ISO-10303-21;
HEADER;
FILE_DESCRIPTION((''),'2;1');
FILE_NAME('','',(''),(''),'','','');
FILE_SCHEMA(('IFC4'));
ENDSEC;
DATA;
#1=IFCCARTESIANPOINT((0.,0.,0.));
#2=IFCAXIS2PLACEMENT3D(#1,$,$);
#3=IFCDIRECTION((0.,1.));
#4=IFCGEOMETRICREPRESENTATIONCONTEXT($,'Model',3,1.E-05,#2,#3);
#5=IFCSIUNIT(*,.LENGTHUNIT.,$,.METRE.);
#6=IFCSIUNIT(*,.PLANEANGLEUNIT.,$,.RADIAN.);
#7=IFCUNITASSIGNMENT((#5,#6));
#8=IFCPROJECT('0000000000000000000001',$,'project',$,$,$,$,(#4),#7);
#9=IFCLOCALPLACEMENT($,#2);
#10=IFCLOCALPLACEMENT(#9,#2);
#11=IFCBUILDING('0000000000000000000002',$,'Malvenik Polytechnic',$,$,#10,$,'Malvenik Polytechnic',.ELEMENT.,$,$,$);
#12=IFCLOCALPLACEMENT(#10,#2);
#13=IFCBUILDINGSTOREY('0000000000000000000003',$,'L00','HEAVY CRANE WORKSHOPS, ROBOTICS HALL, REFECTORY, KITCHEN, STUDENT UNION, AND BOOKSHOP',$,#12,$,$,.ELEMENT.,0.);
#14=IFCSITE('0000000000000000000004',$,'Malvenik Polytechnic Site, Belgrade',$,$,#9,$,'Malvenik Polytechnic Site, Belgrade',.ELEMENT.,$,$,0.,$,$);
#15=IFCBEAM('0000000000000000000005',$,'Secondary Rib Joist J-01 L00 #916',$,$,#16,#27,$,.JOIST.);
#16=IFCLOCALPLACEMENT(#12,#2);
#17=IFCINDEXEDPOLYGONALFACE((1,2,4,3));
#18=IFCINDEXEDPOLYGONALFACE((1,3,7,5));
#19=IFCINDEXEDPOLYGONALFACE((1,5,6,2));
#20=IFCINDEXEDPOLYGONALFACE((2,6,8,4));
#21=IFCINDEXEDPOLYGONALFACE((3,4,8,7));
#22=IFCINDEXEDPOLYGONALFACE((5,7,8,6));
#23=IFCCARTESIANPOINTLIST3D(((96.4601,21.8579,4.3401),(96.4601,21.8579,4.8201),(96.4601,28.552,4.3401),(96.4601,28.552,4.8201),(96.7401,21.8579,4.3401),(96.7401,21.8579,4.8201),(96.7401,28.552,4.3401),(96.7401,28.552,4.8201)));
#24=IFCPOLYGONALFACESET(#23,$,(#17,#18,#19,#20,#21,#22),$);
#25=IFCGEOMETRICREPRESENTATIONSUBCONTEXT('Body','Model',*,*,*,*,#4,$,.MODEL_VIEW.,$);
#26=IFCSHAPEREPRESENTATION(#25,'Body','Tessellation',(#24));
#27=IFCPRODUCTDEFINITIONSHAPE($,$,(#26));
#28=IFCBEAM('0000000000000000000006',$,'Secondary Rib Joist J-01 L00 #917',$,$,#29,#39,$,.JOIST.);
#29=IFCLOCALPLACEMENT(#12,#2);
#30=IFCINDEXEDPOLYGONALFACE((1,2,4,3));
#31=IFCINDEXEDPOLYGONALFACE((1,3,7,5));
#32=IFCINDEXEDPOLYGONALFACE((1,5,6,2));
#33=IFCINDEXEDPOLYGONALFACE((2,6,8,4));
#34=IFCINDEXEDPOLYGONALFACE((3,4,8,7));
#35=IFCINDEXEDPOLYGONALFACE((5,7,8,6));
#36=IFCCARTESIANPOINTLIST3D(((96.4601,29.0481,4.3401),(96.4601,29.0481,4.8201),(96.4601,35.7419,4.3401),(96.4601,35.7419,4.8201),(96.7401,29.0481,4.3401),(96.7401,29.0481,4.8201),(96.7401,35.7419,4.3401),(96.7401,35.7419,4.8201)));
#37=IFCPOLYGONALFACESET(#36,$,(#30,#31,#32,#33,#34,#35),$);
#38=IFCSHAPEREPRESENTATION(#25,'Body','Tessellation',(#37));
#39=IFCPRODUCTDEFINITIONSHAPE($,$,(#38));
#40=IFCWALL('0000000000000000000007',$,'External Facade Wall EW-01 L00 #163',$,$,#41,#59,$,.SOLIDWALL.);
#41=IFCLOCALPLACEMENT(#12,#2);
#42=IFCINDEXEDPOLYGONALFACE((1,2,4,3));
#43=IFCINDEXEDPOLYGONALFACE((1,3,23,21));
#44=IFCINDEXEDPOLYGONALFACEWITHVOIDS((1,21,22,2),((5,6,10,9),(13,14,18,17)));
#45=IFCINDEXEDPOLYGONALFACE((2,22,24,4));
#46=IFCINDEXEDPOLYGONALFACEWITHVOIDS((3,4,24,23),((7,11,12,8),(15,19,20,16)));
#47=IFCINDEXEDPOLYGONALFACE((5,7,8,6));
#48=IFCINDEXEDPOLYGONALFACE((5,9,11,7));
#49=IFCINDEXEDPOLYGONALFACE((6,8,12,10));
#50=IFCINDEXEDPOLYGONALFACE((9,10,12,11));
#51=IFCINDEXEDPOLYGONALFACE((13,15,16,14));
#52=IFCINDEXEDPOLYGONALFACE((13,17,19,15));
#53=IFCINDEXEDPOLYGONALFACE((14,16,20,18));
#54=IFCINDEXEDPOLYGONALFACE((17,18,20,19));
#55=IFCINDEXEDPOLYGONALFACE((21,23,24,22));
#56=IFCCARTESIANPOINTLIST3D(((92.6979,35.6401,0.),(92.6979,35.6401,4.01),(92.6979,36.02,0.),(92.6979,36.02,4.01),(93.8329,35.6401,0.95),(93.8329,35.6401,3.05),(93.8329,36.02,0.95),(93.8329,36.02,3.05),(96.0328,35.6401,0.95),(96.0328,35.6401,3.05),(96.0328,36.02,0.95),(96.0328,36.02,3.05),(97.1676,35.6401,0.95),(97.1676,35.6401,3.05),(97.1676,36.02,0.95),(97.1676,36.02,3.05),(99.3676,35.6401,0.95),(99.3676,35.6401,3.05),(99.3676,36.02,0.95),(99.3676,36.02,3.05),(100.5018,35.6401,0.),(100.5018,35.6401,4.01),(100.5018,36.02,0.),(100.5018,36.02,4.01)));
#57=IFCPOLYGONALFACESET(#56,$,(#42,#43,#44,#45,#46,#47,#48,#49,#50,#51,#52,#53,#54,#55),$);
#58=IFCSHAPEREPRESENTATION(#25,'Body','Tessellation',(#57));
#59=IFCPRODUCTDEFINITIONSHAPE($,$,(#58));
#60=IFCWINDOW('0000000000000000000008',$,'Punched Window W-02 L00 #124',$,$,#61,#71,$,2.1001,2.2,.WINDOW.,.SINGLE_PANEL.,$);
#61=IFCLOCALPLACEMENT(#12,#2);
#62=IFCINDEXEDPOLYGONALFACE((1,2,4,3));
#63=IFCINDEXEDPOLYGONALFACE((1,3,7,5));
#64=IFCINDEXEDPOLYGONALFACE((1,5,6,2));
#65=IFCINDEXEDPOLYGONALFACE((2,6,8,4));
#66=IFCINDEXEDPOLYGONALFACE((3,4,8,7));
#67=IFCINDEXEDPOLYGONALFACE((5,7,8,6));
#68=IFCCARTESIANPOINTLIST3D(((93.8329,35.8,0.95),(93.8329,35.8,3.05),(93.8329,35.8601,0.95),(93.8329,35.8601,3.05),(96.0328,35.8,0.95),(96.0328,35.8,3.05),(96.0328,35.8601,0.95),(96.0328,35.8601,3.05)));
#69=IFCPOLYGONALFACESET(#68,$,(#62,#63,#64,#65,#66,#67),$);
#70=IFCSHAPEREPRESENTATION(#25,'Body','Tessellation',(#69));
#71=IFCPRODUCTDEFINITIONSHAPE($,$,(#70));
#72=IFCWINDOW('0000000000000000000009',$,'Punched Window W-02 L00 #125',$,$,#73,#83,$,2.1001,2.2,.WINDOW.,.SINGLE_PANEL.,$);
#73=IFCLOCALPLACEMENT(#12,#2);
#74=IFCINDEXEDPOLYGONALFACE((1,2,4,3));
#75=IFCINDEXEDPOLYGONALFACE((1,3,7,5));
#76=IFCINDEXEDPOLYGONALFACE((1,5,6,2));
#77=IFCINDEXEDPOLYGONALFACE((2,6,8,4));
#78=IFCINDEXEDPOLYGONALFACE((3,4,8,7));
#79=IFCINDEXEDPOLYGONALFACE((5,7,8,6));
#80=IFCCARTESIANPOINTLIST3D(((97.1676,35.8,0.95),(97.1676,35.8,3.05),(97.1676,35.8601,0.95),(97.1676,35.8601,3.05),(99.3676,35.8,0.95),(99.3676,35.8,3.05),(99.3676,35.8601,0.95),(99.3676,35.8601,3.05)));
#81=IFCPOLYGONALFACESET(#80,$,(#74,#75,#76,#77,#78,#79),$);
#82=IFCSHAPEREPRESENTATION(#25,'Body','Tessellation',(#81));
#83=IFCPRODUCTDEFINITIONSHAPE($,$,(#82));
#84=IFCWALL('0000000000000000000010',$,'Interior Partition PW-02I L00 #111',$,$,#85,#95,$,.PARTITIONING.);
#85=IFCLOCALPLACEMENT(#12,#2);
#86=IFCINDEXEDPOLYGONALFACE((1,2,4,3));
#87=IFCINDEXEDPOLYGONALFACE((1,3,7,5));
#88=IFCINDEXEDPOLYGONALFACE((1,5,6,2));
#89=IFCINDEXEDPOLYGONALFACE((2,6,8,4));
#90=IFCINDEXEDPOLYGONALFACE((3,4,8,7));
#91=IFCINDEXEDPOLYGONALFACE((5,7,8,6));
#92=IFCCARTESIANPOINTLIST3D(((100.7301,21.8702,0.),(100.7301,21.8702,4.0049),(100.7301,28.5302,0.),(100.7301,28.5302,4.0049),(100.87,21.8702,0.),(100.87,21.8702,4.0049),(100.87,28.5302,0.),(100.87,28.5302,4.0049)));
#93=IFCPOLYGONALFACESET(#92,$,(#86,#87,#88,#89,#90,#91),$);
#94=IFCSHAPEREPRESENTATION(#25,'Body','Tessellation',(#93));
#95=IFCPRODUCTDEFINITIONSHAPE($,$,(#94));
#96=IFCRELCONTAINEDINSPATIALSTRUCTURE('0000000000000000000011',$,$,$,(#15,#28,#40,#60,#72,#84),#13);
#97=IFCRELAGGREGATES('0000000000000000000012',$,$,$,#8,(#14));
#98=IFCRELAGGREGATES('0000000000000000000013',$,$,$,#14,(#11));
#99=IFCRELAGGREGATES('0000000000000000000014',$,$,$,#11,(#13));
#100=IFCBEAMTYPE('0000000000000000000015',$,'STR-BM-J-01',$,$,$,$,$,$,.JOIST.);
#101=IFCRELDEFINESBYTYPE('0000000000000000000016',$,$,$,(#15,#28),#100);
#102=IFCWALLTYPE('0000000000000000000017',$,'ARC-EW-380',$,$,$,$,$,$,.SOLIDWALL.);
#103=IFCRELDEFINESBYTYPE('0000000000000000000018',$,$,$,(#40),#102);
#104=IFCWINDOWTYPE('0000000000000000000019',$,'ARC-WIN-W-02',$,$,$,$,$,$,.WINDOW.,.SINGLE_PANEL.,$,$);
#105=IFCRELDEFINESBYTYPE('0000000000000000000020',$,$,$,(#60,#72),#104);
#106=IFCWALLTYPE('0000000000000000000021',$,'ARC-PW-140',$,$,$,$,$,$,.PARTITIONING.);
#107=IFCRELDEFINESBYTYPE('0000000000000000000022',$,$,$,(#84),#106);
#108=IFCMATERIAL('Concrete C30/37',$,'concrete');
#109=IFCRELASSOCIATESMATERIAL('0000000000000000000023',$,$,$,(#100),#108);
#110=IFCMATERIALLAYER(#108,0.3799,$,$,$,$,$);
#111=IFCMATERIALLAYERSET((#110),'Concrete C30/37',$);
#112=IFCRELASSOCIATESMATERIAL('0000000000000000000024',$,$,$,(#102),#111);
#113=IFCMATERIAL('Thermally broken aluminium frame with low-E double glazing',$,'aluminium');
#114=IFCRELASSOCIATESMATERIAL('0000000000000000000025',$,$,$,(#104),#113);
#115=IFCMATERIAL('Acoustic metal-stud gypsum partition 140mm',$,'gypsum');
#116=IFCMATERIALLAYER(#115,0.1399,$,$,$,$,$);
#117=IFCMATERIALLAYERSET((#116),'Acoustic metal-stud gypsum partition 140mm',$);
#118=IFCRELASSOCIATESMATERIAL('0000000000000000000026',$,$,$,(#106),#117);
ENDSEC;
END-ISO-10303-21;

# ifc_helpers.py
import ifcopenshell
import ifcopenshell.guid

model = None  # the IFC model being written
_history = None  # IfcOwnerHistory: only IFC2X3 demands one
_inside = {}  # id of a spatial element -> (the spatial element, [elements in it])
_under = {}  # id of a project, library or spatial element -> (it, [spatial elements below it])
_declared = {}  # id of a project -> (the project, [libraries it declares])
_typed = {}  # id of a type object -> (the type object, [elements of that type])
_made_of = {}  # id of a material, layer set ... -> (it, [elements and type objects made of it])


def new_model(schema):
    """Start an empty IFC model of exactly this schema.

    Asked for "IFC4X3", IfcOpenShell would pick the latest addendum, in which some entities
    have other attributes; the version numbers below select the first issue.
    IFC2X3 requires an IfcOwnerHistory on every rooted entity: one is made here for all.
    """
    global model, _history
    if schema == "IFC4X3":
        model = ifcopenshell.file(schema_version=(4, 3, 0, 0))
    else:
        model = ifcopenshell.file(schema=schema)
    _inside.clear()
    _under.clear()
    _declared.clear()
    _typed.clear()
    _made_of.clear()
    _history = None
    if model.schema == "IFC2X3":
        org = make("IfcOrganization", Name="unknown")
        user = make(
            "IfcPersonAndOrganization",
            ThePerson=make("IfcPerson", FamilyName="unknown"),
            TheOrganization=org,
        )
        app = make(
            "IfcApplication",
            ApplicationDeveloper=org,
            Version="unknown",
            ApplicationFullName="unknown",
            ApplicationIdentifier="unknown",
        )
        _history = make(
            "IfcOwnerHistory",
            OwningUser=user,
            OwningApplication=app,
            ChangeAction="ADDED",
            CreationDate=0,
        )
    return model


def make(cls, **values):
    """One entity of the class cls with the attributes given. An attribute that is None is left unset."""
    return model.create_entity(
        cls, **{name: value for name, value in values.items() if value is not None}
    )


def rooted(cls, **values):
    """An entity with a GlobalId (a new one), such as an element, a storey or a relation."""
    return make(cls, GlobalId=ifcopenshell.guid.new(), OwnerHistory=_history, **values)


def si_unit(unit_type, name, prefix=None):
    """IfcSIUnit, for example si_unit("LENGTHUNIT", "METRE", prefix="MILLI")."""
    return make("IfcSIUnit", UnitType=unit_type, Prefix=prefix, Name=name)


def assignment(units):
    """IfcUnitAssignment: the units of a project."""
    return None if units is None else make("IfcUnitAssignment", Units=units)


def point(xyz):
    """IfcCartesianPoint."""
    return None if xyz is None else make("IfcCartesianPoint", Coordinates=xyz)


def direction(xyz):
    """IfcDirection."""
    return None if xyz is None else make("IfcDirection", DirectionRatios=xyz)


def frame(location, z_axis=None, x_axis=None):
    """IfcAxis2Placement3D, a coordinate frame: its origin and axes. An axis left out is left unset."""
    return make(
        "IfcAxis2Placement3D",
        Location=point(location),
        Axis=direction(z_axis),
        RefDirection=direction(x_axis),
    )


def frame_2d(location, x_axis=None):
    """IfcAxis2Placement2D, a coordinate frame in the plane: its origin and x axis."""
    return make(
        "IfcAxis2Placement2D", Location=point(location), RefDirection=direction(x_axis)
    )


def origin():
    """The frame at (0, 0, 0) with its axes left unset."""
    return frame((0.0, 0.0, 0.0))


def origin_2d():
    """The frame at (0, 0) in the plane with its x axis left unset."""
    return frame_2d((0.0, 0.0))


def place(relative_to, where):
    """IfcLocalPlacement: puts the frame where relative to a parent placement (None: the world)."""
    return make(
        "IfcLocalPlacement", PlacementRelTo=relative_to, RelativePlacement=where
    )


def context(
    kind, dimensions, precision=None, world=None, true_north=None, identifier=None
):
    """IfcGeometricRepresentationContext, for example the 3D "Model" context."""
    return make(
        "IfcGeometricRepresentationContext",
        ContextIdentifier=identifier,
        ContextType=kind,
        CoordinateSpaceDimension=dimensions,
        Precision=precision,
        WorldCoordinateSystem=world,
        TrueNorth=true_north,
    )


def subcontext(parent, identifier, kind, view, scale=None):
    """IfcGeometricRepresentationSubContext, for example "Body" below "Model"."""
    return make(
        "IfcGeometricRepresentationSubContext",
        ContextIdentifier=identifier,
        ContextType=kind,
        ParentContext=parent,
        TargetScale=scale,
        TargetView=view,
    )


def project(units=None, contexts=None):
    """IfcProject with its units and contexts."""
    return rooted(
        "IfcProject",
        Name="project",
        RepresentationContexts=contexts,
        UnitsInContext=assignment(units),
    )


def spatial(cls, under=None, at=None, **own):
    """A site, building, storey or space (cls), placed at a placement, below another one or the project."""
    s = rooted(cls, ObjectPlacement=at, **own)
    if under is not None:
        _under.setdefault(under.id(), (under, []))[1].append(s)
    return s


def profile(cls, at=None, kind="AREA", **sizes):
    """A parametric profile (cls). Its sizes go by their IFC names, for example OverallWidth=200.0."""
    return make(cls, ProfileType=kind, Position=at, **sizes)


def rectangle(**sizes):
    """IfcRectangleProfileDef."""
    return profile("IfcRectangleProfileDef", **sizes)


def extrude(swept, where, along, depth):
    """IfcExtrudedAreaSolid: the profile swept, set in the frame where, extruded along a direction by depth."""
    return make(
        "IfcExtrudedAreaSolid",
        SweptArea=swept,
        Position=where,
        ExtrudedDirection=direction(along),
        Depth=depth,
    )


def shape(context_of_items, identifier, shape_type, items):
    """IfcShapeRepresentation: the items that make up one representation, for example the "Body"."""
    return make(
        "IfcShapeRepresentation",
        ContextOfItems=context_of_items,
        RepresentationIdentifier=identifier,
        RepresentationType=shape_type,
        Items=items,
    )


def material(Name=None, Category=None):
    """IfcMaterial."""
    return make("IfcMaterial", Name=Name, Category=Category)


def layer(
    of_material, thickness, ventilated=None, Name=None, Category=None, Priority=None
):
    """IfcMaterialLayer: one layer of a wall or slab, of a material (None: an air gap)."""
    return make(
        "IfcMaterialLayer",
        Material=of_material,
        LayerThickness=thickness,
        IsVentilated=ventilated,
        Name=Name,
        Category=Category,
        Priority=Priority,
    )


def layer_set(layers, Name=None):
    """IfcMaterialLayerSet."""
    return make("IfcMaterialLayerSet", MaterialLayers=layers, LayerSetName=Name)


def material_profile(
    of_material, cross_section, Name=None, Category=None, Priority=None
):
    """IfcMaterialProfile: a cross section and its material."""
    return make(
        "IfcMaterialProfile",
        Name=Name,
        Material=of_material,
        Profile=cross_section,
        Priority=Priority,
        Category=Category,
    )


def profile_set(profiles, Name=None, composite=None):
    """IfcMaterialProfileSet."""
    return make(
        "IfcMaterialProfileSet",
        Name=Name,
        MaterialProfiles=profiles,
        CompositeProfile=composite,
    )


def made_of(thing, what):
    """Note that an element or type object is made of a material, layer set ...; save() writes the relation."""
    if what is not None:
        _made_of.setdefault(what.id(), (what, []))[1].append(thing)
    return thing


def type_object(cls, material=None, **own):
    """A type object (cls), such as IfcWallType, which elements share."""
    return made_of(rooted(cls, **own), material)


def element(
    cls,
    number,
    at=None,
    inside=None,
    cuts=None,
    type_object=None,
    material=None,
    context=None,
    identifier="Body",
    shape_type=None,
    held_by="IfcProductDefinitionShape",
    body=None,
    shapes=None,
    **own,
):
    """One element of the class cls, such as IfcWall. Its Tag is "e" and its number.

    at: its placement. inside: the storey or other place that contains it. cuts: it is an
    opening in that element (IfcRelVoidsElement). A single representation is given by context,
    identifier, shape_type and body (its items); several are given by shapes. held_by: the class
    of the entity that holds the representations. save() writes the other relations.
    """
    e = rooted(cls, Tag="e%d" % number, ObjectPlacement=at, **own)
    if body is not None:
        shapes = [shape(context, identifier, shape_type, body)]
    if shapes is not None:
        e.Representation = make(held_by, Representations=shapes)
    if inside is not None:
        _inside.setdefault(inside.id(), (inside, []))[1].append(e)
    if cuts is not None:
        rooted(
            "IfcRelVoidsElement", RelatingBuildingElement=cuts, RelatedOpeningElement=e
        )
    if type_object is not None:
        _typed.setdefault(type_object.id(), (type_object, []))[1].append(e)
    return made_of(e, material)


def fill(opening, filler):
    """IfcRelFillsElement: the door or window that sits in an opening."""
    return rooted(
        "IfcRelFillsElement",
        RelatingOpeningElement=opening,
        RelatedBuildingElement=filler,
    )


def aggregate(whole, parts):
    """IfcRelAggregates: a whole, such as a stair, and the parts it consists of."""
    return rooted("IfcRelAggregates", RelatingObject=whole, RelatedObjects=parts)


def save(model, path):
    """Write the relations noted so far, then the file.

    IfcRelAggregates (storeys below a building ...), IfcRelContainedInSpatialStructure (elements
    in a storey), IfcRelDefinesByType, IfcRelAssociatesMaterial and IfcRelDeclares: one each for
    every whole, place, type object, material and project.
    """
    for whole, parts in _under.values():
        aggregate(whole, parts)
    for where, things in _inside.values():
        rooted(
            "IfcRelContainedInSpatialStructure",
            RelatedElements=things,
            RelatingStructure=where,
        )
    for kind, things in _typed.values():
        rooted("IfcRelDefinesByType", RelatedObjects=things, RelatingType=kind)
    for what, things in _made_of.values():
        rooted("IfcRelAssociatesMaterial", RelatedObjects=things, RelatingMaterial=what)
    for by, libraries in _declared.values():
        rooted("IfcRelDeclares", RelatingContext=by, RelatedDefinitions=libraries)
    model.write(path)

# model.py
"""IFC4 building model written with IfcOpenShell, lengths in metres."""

from ifc_helpers import new_model, si_unit, direction, frame, frame_2d, origin, origin_2d, place, context, subcontext, project, spatial, rectangle, extrude, material, layer, layer_set, material_profile, profile_set, type_object, element, fill, save


model = new_model("IFC4")

# Units and contexts
model_context = context("Model", 3, precision=1e-05, world=origin(), true_north=direction((0.0, 1.0)))
body_context = subcontext(model_context, "Body", "Model", "MODEL_VIEW")
ifc_project = project(units=[si_unit("LENGTHUNIT", "METRE"), si_unit("PLANEANGLEUNIT", "RADIAN")], contexts=[model_context])

# Site, building, storey
site_placement = place(None, origin())
site = spatial("IfcSite", under=ifc_project, at=site_placement, Name="Malvenik Polytechnic Site, Belgrade", LongName="Malvenik Polytechnic Site, Belgrade", CompositionType="ELEMENT", RefElevation=0.0)
building_placement = place(site_placement, origin())
building = spatial("IfcBuilding", under=site, at=building_placement, Name="Malvenik Polytechnic", LongName="Malvenik Polytechnic", CompositionType="ELEMENT")
storey_placement = place(building_placement, origin())
storey = spatial("IfcBuildingStorey", under=building, at=storey_placement, Name="L00", Description="HEAVY CRANE WORKSHOPS, ROBOTICS HALL, REFECTORY, KITCHEN, STUDENT UNION, AND BOOKSHOP", CompositionType="ELEMENT", Elevation=0.0)

# Beams
ifc_material_1 = material(Name="Concrete C30/37", Category="concrete")
ifc_material_profile_1 = material_profile(ifc_material_1, rectangle(XDim=0.28, YDim=0.48, at=origin_2d()), Name="RC JST 280x480")
ifc_profile_set_1 = profile_set([ifc_material_profile_1], Name="Concrete C30/37")
beam_type_1 = type_object("IfcBeamType", Name="STR-BM-J-01", PredefinedType="JOIST", material=ifc_profile_set_1)
beam_1_placement = place(storey_placement, frame((96.6001, 21.8579, 4.5801), z_axis=(0.0, 1.0, 0.0), x_axis=(-1.0, 0.0, 0.0)))
element("IfcBeam", 1, at=beam_1_placement, inside=storey, type_object=beam_type_1, Name="Secondary Rib Joist J-01 L00 #916", PredefinedType="JOIST", context=body_context, shape_type="SweptSolid", body=[
    extrude(rectangle(XDim=0.28, YDim=0.48, at=origin_2d()), origin(), (0.0, 0.0, 1.0), 6.6941),
])
beam_2_placement = place(storey_placement, frame((96.6001, 29.0481, 4.5801), z_axis=(0.0, 1.0, 0.0), x_axis=(-1.0, 0.0, 0.0)))
element("IfcBeam", 2, at=beam_2_placement, inside=storey, type_object=beam_type_1, Name="Secondary Rib Joist J-01 L00 #917", PredefinedType="JOIST", context=body_context, shape_type="SweptSolid", body=[
    extrude(rectangle(XDim=0.28, YDim=0.48, at=origin_2d()), origin(), (0.0, 0.0, 1.0), 6.6938),
])

# Shared definitions
ifc_layer_1 = layer(ifc_material_1, 0.3799)
ifc_layer_set_1 = layer_set([ifc_layer_1], Name="Concrete C30/37")
wall_type_1 = type_object("IfcWallType", Name="ARC-EW-380", PredefinedType="SOLIDWALL", material=ifc_layer_set_1)

# Wall, openings, windows
wall_1_placement = place(storey_placement, frame((92.698, 35.8301, 0.0), z_axis=(0.0, 0.0, 1.0), x_axis=(1.0, 0.0, 0.0)))
wall_1 = element("IfcWall", 3, at=wall_1_placement, inside=storey, type_object=wall_type_1, Name="External Facade Wall EW-01 L00 #163", PredefinedType="SOLIDWALL", context=body_context, shape_type="SweptSolid", body=[
    extrude(rectangle(XDim=7.804, YDim=0.3799, at=frame_2d((3.9019, 0.0))), origin(), (0.0, 0.0, 1.0), 4.01),
])
opening_1_placement = place(wall_1_placement, frame((1.1348, 0.0, 0.95)))
opening_1 = element("IfcOpeningElement", 4, at=opening_1_placement, cuts=wall_1, PredefinedType="OPENING", context=body_context, shape_type="SweptSolid", body=[
    extrude(rectangle(XDim=2.2, YDim=2.1001, at=frame_2d((1.1001, 1.05))), frame((0.0, 0.2, 0.0), z_axis=(0.0, -1.0, 0.0), x_axis=(1.0, 0.0, 0.0)), (0.0, 0.0, 1.0), 0.3999),
])
opening_2_placement = place(wall_1_placement, frame((4.4695, 0.0, 0.95)))
opening_2 = element("IfcOpeningElement", 5, at=opening_2_placement, cuts=wall_1, PredefinedType="OPENING", context=body_context, shape_type="SweptSolid", body=[
    extrude(rectangle(XDim=2.2, YDim=2.1001, at=frame_2d((1.1001, 1.05))), frame((0.0, 0.2, 0.0), z_axis=(0.0, -1.0, 0.0), x_axis=(1.0, 0.0, 0.0)), (0.0, 0.0, 1.0), 0.3999),
])
ifc_material_2 = material(Name="Thermally broken aluminium frame with low-E double glazing", Category="aluminium")
window_type = type_object("IfcWindowType", Name="ARC-WIN-W-02", PartitioningType="SINGLE_PANEL", PredefinedType="WINDOW", material=ifc_material_2)
window_1_placement = place(opening_1_placement, origin())
window_1 = element("IfcWindow", 6, at=window_1_placement, inside=storey, type_object=window_type, Name="Punched Window W-02 L00 #124", OverallHeight=2.1001, OverallWidth=2.2, PartitioningType="SINGLE_PANEL", PredefinedType="WINDOW", context=body_context, shape_type="SweptSolid", body=[
    extrude(rectangle(XDim=2.2, YDim=2.1001, at=frame_2d((1.1001, 1.05))), frame((0.0, 0.03, 0.0), z_axis=(0.0, -1.0, 0.0), x_axis=(1.0, 0.0, 0.0)), (0.0, 0.0, 1.0), 0.0601),
])
fill(opening_1, window_1)
window_2_placement = place(opening_2_placement, origin())
window_2 = element("IfcWindow", 7, at=window_2_placement, inside=storey, type_object=window_type, Name="Punched Window W-02 L00 #125", OverallHeight=2.1001, OverallWidth=2.2, PartitioningType="SINGLE_PANEL", PredefinedType="WINDOW", context=body_context, shape_type="SweptSolid", body=[
    extrude(rectangle(XDim=2.2, YDim=2.1001, at=frame_2d((1.1001, 1.05))), frame((0.0, 0.03, 0.0), z_axis=(0.0, -1.0, 0.0), x_axis=(1.0, 0.0, 0.0)), (0.0, 0.0, 1.0), 0.0601),
])
fill(opening_2, window_2)

# Wall
ifc_material_3 = material(Name="Acoustic metal-stud gypsum partition 140mm", Category="gypsum")
ifc_layer_2 = layer(ifc_material_3, 0.1399)
ifc_layer_set_2 = layer_set([ifc_layer_2], Name="Acoustic metal-stud gypsum partition 140mm")
wall_type_2 = type_object("IfcWallType", Name="ARC-PW-140", PredefinedType="PARTITIONING", material=ifc_layer_set_2)
wall_2_placement = place(storey_placement, frame((100.8, 21.8701, 0.0), z_axis=(0.0, 0.0, 1.0), x_axis=(0.0, 1.0, 0.0)))
element("IfcWall", 8, at=wall_2_placement, inside=storey, type_object=wall_type_2, Name="Interior Partition PW-02I L00 #111", PredefinedType="PARTITIONING", context=body_context, shape_type="SweptSolid", body=[
    extrude(rectangle(XDim=6.6599, YDim=0.1399, at=frame_2d((3.3301, 0.0))), origin(), (0.0, 0.0, 1.0), 4.0049),
])

save(model, "model.ifc")
